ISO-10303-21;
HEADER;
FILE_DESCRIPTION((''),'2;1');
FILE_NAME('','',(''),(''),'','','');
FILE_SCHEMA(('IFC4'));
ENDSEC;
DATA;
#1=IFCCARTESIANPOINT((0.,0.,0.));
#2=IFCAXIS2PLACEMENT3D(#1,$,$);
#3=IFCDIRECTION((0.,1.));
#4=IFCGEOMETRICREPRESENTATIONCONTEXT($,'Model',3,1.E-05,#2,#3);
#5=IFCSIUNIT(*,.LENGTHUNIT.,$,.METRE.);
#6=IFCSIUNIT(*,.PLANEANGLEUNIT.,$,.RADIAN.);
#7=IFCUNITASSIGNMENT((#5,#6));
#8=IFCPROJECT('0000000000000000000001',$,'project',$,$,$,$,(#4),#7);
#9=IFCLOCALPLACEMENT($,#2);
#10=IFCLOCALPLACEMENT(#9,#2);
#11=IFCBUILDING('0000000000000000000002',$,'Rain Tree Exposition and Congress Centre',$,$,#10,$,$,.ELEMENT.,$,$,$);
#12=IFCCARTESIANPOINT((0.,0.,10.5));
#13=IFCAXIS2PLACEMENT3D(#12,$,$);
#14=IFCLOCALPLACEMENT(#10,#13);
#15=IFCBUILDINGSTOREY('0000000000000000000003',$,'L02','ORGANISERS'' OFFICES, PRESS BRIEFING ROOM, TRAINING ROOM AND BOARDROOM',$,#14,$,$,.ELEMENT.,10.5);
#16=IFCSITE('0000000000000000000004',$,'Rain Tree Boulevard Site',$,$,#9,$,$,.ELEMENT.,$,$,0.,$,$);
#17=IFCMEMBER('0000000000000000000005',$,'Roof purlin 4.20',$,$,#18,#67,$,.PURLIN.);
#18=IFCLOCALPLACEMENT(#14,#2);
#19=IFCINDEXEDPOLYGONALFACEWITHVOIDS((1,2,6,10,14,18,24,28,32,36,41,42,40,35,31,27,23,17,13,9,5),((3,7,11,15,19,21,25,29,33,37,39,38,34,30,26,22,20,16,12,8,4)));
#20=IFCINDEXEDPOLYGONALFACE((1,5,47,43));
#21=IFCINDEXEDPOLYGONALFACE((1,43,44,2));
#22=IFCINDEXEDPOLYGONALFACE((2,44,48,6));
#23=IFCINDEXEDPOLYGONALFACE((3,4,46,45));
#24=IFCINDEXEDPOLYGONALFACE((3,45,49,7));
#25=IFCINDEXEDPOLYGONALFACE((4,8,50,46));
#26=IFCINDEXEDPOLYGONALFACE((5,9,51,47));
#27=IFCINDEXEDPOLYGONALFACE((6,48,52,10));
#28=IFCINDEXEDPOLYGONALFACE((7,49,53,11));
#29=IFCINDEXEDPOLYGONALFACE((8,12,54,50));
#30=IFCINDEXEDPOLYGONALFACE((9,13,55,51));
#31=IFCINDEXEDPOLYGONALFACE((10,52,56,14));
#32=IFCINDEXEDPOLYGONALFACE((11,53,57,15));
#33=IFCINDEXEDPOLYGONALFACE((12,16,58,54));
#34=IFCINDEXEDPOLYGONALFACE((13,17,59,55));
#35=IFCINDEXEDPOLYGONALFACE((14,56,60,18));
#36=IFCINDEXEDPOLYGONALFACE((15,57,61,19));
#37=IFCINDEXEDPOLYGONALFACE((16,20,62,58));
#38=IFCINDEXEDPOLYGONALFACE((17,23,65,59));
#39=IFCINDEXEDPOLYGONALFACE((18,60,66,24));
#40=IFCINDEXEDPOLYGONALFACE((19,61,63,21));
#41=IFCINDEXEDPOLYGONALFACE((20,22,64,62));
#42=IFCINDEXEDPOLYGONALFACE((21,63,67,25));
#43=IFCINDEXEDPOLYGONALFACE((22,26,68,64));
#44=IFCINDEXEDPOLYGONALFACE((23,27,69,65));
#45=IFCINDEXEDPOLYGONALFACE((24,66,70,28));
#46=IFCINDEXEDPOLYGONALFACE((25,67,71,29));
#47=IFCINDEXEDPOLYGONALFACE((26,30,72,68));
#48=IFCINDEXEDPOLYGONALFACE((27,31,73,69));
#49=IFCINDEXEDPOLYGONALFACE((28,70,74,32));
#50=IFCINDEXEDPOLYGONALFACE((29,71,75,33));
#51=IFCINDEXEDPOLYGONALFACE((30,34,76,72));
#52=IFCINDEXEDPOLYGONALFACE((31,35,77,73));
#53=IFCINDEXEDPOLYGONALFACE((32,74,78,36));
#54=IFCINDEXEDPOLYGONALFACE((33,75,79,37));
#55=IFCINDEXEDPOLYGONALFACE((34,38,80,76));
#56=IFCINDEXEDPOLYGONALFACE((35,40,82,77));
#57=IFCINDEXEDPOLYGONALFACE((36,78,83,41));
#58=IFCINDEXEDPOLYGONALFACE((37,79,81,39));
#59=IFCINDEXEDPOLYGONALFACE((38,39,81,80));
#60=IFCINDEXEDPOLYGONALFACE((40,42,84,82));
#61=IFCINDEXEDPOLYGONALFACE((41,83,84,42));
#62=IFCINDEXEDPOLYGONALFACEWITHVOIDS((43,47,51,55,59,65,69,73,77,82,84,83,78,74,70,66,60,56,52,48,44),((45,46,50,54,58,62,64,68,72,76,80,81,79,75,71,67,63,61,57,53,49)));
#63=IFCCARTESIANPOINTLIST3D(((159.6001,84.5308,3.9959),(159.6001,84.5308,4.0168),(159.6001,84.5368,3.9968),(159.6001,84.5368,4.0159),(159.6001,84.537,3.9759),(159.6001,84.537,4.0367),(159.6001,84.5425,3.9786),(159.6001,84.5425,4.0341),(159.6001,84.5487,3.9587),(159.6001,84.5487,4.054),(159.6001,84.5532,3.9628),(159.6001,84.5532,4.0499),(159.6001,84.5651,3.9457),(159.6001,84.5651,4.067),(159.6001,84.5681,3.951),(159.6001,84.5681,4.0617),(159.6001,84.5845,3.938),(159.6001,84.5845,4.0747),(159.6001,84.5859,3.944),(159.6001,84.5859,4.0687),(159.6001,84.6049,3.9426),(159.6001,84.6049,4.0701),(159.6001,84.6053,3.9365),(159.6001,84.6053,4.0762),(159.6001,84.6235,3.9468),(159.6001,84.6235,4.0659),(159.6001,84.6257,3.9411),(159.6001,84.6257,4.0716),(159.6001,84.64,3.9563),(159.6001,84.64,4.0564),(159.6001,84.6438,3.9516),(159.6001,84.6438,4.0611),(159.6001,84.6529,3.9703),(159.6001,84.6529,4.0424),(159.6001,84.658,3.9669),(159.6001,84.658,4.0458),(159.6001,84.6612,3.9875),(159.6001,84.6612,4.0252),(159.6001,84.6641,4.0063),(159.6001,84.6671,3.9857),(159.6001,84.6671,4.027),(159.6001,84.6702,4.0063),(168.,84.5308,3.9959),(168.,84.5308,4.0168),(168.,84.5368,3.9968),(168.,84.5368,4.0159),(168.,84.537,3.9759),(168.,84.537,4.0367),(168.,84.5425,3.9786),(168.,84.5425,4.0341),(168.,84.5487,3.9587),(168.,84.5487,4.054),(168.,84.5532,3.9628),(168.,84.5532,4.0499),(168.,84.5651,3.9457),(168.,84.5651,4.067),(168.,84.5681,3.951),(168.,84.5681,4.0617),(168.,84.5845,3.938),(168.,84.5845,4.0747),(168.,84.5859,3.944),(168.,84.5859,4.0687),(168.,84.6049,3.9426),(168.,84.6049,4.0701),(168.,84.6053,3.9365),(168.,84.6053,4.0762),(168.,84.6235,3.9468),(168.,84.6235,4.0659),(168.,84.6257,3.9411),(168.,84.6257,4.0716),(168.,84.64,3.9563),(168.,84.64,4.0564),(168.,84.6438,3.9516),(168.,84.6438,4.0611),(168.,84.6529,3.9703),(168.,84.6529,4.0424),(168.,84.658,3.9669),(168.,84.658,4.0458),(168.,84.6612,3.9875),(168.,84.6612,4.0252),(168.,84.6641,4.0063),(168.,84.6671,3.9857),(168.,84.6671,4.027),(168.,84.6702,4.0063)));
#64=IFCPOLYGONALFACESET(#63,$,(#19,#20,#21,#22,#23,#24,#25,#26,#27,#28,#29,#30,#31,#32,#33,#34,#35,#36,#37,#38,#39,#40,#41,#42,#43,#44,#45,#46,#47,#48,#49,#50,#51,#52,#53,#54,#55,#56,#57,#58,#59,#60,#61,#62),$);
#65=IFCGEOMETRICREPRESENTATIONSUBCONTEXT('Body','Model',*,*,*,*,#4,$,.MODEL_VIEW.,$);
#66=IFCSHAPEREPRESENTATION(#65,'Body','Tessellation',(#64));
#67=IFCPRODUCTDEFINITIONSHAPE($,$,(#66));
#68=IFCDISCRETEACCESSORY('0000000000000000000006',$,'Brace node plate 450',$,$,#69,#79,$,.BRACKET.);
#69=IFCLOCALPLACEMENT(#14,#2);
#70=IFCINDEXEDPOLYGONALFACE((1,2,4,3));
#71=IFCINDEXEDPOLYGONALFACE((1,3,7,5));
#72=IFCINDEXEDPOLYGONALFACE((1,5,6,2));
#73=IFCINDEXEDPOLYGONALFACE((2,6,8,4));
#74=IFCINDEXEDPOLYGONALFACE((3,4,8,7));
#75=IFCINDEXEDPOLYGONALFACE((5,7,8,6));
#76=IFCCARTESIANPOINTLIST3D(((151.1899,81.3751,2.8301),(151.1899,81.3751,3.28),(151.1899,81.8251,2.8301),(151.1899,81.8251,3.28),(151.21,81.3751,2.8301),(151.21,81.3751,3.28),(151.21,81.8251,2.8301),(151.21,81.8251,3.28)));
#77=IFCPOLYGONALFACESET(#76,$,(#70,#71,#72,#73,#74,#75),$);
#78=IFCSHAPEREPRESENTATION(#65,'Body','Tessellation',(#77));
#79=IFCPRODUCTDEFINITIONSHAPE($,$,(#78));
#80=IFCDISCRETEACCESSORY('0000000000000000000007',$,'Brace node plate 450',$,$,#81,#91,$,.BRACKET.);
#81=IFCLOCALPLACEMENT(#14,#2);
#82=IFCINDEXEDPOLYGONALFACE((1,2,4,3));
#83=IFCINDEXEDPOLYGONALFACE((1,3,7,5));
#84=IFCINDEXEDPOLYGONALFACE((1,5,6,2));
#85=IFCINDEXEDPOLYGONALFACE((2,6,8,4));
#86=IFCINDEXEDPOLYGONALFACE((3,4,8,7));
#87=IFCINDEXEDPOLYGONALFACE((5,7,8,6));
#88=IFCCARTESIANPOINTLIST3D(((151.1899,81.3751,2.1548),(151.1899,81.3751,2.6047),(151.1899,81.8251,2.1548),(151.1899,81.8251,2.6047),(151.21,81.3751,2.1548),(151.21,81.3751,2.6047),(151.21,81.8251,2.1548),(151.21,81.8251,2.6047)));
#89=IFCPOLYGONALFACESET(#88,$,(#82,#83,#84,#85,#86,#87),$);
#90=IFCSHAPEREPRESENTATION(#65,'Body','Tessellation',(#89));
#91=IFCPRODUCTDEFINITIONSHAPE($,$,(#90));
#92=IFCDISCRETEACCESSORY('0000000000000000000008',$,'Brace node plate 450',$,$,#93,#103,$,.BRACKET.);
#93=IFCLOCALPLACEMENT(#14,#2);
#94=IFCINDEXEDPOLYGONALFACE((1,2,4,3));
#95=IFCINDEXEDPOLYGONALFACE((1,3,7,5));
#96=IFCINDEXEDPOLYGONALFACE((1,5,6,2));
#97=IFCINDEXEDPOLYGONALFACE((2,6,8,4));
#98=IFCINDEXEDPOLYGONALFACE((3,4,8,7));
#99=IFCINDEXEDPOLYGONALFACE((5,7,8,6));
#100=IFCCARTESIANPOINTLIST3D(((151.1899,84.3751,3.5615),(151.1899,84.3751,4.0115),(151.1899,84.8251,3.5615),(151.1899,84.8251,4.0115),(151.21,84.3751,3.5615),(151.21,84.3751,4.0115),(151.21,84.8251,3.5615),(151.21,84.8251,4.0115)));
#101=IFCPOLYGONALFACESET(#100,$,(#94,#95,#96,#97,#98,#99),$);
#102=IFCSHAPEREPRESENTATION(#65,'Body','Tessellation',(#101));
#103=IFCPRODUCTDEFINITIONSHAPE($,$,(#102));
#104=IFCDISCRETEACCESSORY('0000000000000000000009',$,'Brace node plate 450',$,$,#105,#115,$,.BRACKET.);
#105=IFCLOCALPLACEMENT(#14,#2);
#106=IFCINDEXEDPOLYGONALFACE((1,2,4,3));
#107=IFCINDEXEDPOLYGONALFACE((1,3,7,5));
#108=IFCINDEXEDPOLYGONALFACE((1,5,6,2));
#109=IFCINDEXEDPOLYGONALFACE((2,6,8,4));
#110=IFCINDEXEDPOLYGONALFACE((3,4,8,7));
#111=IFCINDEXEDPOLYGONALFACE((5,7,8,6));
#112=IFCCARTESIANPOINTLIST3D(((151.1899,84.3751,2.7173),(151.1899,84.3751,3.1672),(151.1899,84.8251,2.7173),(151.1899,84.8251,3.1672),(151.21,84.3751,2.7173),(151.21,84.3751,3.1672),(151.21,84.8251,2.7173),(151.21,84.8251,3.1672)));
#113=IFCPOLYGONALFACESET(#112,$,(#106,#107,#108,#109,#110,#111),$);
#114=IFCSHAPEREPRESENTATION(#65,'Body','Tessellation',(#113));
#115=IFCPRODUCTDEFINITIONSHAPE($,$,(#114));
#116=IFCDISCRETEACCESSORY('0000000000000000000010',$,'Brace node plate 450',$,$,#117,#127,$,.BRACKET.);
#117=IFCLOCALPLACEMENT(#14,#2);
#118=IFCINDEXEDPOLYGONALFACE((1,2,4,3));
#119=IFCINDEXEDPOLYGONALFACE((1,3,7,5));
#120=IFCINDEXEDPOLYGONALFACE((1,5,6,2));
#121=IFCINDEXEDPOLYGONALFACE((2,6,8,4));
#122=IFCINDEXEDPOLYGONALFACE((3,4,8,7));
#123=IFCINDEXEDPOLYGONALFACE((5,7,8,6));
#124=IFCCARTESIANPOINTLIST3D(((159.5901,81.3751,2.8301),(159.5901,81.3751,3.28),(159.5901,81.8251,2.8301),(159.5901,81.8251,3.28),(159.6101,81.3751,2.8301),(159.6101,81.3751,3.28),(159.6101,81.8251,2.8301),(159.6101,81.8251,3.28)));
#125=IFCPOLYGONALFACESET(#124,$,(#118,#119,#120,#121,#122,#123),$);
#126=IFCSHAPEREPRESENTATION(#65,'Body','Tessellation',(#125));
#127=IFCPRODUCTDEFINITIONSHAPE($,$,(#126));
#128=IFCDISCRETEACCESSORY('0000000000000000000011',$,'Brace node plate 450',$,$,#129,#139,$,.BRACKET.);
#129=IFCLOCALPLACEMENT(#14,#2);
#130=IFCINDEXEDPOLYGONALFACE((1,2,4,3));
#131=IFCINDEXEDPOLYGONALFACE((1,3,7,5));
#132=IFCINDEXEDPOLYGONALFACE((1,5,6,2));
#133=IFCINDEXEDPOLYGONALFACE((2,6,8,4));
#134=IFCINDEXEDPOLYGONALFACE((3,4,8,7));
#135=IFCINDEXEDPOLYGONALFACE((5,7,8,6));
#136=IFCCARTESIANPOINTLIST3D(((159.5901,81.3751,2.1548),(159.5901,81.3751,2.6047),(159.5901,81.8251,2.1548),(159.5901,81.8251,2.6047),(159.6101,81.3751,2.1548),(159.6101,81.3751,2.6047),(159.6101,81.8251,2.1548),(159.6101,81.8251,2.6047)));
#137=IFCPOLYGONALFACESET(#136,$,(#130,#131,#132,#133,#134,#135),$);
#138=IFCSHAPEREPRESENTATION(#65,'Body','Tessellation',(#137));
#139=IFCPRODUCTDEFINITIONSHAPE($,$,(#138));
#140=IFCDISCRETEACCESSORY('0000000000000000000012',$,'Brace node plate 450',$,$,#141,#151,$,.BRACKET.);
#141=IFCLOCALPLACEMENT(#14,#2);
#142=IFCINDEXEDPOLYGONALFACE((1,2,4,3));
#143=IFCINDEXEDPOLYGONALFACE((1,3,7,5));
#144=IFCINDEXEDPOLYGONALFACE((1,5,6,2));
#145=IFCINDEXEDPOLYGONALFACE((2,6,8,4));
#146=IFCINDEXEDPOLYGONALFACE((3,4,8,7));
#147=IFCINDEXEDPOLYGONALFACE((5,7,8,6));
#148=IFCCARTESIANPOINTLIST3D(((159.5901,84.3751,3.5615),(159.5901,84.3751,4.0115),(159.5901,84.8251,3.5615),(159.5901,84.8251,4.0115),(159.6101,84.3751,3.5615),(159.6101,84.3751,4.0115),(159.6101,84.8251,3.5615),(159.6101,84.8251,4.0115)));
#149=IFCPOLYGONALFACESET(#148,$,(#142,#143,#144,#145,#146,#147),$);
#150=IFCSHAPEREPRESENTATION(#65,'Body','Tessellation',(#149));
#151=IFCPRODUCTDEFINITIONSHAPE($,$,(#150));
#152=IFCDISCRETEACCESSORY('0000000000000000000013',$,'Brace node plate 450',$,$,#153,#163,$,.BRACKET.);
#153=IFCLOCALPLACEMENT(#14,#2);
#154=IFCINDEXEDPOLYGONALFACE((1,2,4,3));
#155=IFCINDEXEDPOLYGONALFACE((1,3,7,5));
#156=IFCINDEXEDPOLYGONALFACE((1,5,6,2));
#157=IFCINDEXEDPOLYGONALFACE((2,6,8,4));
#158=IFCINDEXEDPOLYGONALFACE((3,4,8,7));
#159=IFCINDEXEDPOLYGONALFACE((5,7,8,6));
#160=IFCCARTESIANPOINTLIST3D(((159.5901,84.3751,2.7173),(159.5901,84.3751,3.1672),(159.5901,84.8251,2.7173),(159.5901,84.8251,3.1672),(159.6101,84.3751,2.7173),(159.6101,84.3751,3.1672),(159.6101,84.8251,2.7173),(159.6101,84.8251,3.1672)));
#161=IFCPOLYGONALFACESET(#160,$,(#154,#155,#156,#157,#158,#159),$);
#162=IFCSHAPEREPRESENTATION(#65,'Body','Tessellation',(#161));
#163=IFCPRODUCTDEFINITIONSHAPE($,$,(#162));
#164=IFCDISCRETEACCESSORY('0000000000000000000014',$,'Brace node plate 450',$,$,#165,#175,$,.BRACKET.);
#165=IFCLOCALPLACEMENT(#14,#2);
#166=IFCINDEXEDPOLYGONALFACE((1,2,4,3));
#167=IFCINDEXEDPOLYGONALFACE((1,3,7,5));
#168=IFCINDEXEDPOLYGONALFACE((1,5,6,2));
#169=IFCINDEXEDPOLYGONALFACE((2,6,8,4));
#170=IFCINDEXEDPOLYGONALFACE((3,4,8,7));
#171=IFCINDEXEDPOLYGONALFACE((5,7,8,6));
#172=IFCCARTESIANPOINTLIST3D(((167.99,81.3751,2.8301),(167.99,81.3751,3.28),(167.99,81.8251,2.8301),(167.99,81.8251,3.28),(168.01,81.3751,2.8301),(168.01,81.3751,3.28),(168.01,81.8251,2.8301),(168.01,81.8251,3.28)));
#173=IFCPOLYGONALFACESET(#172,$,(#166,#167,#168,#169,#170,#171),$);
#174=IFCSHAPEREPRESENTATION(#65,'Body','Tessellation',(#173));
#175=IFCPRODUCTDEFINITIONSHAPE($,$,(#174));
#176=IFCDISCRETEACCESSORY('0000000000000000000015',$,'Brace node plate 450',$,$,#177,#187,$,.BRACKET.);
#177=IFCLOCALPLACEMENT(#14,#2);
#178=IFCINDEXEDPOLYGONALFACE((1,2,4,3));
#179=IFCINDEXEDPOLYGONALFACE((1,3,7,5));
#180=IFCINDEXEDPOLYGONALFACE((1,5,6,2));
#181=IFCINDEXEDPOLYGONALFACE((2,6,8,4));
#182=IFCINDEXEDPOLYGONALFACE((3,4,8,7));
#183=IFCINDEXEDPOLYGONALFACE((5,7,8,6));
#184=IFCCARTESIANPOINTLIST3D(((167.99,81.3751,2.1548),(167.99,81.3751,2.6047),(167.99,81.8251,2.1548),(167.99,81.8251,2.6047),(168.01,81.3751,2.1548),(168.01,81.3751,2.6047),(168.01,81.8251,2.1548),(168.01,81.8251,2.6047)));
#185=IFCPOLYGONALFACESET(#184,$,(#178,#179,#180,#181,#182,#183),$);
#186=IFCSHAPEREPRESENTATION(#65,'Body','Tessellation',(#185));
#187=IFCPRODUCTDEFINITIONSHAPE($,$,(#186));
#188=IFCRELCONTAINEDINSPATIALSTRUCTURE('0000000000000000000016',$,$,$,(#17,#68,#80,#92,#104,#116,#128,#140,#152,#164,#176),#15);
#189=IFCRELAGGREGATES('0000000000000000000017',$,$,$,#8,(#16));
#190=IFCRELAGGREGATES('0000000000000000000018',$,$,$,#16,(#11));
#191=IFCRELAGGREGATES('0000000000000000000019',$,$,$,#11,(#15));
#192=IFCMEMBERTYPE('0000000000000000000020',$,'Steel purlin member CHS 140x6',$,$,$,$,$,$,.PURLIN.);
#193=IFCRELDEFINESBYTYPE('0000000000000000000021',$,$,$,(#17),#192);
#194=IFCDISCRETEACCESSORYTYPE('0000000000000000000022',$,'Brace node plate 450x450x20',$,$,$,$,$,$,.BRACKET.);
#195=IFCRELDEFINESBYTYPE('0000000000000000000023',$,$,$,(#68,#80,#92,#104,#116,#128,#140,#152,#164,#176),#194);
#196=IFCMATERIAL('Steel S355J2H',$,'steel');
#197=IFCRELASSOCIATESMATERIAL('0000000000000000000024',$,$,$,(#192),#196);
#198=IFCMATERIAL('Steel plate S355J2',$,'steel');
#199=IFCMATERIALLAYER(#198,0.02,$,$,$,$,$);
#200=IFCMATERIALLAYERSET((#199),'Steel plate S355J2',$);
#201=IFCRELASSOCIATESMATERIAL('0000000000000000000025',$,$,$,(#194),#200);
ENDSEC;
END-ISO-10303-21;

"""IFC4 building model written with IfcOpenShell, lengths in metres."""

from ifc_helpers import new_model, si_unit, direction, frame, origin, origin_2d, place, context, subcontext, project, spatial, rectangle, hollow_circle, extrude, material, layer, layer_set, material_profile, profile_set, type_object, element, save


model = new_model("IFC4")

# Units and contexts
model_context = context("Model", 3, precision=1e-05, world=origin(), true_north=direction((0.0, 1.0)))
body_context = subcontext(model_context, "Body", "Model", "MODEL_VIEW")
ifc_project = project(units=[si_unit("LENGTHUNIT", "METRE"), si_unit("PLANEANGLEUNIT", "RADIAN")], contexts=[model_context])

# Site, building, storey
site_placement = place(None, origin())
site = spatial("IfcSite", under=ifc_project, at=site_placement, Name="Rain Tree Boulevard Site", CompositionType="ELEMENT", RefElevation=0.0)
building_placement = place(site_placement, origin())
building = spatial("IfcBuilding", under=site, at=building_placement, Name="Rain Tree Exposition and Congress Centre", CompositionType="ELEMENT")
storey_placement = place(building_placement, frame((0.0, 0.0, 10.5)))
storey = spatial("IfcBuildingStorey", under=building, at=storey_placement, Name="L02", Description="ORGANISERS' OFFICES, PRESS BRIEFING ROOM, TRAINING ROOM AND BOARDROOM", CompositionType="ELEMENT", Elevation=10.5)

# Member
ifc_material_1 = material(Name="Steel S355J2H", Category="steel")
ifc_material_profile_1 = material_profile(ifc_material_1, hollow_circle(Radius=0.0701, WallThickness=0.0061, at=origin_2d()), Name="CHS 140x6")
ifc_profile_set_1 = profile_set([ifc_material_profile_1], Name="Steel S355J2H")
member_type_1 = type_object("IfcMemberType", Name="Steel purlin member CHS 140x6", PredefinedType="PURLIN", material=ifc_profile_set_1)
member_1_placement = place(storey_placement, frame((159.6001, 84.6001, 4.0063), z_axis=(1.0, 0.0, 0.0), x_axis=(0.0, 1.0, 0.0)))
element("IfcMember", 1, at=member_1_placement, inside=storey, type_object=member_type_1, Name="Roof purlin 4.20", PredefinedType="PURLIN", context=body_context, shape_type="SweptSolid", body=[
    extrude(hollow_circle(Radius=0.0701, WallThickness=0.0061, at=origin_2d()), origin(), (0.0, 0.0, 1.0), 8.3999),
])

# Discrete accessories
ifc_material_2 = material(Name="Steel plate S355J2", Category="steel")
ifc_layer = layer(ifc_material_2, 0.02)
ifc_layer_set = layer_set([ifc_layer], Name="Steel plate S355J2")
discrete_accessory_type = type_object("IfcDiscreteAccessoryType", Name="Brace node plate 450x450x20", PredefinedType="BRACKET", material=ifc_layer_set)
for number, where, z_axis, x_axis, name in (
    (2, (151.2, 81.6001, 2.8301), (0.0, 0.0, 1.0), (0.0, -1.0, 0.0), "Brace node plate 450"),
    (3, (151.2, 81.6001, 2.1548), (0.0, 0.0, 1.0), (0.0, 1.0, 0.0), "Brace node plate 450"),
    (4, (151.2, 84.6001, 3.5615), (0.0, 0.0, 1.0), (0.0, -1.0, 0.0), "Brace node plate 450"),
    (5, (151.2, 84.6001, 2.7173), (0.0, 0.0, 1.0), (0.0, 1.0, 0.0), "Brace node plate 450"),
    (6, (159.6001, 81.6001, 2.8301), (0.0, 0.0, 1.0), (0.0, -1.0, 0.0), "Brace node plate 450"),
    (7, (159.6001, 81.6001, 2.1548), (0.0, 0.0, 1.0), (0.0, 1.0, 0.0), "Brace node plate 450"),
    (8, (159.6001, 84.6001, 3.5615), (0.0, 0.0, 1.0), (0.0, -1.0, 0.0), "Brace node plate 450"),
    (9, (159.6001, 84.6001, 2.7173), (0.0, 0.0, 1.0), (0.0, 1.0, 0.0), "Brace node plate 450"),
    (10, (168.0, 81.6001, 2.8301), (0.0, 0.0, 1.0), (0.0, -1.0, 0.0), "Brace node plate 450"),
    (11, (168.0, 81.6001, 2.1548), (0.0, 0.0, 1.0), (0.0, 1.0, 0.0), "Brace node plate 450"),
):
    element("IfcDiscreteAccessory", number, at=place(storey_placement, frame(where, z_axis=z_axis, x_axis=x_axis)), inside=storey, type_object=discrete_accessory_type, Name=name, PredefinedType="BRACKET", context=body_context, shape_type="SweptSolid", body=[
        extrude(rectangle(XDim=0.45, YDim=0.02, at=origin_2d()), origin(), (0.0, 0.0, 1.0), 0.45),
    ])

save(model, "model.ifc")
